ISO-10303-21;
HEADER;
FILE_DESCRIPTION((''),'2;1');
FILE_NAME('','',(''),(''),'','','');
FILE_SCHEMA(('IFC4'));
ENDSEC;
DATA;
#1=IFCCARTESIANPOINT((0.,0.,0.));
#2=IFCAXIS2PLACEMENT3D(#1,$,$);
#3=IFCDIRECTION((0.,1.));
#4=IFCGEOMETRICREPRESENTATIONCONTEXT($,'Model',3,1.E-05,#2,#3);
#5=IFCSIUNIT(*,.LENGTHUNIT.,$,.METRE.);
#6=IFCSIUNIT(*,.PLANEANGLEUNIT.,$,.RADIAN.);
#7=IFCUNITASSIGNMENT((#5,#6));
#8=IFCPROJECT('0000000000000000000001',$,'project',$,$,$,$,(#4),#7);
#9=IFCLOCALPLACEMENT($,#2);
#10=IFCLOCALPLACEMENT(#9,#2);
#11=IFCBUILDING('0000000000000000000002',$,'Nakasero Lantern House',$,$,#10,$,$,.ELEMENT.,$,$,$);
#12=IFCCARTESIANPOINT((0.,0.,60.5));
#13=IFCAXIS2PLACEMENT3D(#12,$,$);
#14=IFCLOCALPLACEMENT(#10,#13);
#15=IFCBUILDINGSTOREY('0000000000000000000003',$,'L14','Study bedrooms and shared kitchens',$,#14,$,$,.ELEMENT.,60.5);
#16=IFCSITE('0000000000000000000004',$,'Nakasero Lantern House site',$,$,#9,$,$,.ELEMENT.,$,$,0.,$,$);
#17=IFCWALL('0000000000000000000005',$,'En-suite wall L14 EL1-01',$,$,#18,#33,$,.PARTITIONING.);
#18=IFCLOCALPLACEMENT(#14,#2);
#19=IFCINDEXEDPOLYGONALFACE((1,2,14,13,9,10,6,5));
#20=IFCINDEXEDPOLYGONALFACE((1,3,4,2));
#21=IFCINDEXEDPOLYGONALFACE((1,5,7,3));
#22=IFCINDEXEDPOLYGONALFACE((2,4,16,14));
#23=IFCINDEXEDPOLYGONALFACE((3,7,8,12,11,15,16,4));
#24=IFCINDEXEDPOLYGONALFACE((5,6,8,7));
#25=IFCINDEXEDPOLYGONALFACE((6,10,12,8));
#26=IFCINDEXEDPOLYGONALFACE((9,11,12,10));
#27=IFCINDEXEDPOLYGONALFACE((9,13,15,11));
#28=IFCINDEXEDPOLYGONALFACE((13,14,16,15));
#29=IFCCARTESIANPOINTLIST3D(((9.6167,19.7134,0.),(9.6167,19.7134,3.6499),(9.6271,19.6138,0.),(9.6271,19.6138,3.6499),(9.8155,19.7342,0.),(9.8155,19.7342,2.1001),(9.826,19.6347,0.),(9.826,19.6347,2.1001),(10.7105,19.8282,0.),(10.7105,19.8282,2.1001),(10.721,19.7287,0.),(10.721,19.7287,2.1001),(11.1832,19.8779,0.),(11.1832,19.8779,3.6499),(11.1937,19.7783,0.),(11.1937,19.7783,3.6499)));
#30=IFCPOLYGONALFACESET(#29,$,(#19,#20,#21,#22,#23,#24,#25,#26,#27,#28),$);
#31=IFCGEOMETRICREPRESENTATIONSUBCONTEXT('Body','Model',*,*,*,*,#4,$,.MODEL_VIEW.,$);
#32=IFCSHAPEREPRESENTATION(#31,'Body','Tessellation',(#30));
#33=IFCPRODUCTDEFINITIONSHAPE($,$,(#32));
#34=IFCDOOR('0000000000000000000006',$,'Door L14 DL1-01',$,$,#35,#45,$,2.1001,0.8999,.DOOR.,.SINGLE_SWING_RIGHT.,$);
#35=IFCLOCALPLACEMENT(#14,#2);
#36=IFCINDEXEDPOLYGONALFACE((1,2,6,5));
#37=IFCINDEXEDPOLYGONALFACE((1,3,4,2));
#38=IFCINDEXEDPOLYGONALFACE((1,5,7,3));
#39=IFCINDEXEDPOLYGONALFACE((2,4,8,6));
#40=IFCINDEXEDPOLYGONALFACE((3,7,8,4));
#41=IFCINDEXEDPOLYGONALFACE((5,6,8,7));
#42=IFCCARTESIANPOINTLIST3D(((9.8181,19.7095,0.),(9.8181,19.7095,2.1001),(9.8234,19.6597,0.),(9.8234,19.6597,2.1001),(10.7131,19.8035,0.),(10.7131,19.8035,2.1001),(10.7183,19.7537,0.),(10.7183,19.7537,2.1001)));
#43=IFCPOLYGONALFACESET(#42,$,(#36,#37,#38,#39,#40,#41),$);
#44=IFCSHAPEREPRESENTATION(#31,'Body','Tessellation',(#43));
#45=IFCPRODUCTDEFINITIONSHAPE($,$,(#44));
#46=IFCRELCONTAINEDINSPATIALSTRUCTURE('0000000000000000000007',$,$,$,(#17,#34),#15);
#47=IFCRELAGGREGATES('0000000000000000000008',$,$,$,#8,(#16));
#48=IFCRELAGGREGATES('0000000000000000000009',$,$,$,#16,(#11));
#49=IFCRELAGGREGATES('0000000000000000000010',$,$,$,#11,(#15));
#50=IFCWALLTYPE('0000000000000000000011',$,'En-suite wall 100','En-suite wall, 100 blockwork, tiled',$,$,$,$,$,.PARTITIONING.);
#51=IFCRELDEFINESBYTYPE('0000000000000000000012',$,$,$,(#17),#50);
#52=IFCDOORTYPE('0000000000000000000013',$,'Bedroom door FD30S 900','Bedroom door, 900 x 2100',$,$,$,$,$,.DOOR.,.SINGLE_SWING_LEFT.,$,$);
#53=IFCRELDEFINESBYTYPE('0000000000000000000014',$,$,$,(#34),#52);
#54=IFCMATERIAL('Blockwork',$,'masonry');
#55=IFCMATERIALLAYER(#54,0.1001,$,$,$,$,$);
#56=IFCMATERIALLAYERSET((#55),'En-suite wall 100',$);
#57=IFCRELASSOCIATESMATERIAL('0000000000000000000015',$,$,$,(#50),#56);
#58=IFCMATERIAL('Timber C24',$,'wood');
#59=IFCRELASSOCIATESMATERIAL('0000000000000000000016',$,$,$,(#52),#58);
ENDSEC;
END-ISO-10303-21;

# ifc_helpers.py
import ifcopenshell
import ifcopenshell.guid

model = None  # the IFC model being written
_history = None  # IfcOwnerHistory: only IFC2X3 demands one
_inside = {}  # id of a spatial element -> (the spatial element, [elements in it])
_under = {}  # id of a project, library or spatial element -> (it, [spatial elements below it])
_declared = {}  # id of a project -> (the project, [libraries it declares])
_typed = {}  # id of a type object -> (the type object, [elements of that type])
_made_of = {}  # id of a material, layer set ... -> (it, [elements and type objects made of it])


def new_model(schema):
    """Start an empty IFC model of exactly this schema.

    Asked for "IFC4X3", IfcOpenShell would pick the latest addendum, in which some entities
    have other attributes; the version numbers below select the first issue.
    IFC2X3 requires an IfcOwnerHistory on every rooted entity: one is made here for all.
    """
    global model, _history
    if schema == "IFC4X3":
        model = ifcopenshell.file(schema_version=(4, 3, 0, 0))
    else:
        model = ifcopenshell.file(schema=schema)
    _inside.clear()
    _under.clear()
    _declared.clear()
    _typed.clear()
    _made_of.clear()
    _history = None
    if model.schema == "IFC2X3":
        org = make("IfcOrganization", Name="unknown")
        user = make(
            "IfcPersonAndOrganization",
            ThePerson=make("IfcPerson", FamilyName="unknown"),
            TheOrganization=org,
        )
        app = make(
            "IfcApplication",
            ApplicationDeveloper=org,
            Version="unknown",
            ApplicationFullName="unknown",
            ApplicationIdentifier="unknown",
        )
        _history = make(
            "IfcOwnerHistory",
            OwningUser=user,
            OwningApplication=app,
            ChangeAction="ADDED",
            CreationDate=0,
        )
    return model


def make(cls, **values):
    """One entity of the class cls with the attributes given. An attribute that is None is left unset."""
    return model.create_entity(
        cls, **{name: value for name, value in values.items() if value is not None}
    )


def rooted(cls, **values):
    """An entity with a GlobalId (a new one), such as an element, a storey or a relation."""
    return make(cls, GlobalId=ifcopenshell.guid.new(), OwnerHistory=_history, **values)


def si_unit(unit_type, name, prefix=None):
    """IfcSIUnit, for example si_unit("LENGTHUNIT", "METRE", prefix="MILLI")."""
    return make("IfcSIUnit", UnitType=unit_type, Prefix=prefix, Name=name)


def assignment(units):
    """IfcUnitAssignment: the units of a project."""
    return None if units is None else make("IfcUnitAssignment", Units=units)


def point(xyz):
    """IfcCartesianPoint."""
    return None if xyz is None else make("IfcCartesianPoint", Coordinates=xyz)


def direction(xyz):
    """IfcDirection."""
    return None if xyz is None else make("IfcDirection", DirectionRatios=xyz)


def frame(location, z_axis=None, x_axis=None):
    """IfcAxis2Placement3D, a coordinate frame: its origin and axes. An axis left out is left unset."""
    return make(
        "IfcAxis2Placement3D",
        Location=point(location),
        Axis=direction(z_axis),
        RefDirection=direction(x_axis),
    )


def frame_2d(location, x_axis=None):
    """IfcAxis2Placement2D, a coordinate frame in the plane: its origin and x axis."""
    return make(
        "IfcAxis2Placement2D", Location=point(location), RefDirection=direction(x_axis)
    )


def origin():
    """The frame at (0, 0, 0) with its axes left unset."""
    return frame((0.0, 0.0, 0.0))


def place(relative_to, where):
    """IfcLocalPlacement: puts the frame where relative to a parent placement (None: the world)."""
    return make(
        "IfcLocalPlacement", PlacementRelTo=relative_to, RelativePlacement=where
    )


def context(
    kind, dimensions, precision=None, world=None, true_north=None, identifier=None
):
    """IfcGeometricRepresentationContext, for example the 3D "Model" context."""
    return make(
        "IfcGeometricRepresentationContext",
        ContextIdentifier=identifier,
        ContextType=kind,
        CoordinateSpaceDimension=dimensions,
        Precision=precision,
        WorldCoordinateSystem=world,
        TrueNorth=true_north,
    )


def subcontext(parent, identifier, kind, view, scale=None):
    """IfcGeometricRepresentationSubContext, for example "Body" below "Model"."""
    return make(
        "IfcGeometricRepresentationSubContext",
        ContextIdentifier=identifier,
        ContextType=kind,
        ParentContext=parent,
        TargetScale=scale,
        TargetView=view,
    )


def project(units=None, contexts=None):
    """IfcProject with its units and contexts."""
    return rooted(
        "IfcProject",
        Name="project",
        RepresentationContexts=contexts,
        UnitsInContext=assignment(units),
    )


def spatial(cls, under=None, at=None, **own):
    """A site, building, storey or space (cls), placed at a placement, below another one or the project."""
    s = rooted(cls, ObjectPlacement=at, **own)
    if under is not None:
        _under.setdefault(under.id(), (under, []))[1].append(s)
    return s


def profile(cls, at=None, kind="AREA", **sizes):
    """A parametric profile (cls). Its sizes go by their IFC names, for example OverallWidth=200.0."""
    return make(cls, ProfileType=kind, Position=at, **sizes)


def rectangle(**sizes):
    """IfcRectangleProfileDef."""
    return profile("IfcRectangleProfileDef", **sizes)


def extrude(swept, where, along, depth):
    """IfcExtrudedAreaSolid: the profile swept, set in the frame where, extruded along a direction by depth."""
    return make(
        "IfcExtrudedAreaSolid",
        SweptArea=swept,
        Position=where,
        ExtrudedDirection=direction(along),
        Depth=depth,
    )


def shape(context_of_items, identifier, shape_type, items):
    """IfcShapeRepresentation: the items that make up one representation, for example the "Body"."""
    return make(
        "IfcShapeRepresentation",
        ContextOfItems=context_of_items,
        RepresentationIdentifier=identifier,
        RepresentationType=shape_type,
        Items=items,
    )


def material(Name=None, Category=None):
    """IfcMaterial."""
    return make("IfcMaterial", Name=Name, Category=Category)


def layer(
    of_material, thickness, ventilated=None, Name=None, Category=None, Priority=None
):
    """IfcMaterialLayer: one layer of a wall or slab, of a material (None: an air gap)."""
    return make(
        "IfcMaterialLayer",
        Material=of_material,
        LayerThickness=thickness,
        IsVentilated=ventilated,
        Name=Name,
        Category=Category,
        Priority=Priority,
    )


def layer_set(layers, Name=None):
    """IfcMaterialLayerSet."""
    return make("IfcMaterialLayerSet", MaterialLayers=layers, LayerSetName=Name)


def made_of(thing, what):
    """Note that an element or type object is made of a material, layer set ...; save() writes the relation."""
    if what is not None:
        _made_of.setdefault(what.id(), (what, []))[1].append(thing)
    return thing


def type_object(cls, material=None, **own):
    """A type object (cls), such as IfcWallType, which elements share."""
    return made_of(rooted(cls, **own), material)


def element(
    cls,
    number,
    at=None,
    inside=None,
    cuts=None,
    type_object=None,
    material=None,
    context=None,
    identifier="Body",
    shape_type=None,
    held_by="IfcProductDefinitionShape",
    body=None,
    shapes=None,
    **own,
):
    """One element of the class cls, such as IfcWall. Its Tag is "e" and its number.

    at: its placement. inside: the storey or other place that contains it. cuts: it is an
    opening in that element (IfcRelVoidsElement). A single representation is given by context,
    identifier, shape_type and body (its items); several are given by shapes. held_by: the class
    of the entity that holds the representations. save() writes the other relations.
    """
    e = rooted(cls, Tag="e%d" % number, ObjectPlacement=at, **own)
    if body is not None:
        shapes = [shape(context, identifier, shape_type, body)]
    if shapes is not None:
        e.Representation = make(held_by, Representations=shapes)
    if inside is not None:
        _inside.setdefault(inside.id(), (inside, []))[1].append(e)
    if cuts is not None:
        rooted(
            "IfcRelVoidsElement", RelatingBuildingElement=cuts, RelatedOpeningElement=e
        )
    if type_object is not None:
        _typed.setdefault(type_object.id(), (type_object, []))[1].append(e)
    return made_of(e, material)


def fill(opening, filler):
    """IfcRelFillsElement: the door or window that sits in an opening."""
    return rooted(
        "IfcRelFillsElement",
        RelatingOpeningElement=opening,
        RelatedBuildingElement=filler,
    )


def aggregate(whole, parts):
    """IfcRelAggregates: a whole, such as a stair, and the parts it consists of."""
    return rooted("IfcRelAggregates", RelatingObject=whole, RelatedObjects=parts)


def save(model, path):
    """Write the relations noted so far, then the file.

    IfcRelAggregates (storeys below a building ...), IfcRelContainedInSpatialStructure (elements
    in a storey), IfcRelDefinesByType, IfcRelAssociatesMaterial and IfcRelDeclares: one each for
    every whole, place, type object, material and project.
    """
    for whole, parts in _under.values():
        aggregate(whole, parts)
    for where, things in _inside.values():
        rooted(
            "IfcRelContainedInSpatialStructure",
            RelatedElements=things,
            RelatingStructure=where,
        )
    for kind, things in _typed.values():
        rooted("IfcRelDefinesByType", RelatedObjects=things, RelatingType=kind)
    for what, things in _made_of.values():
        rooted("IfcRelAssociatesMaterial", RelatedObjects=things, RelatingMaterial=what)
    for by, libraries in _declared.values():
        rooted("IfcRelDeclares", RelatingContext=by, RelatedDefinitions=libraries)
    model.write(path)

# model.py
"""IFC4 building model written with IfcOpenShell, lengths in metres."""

from ifc_helpers import new_model, si_unit, direction, frame, frame_2d, origin, place, context, subcontext, project, spatial, rectangle, extrude, material, layer, layer_set, type_object, element, fill, save


model = new_model("IFC4")

# Units and contexts
model_context = context("Model", 3, precision=1e-05, world=origin(), true_north=direction((0.0, 1.0)))
body_context = subcontext(model_context, "Body", "Model", "MODEL_VIEW")
ifc_project = project(units=[si_unit("LENGTHUNIT", "METRE"), si_unit("PLANEANGLEUNIT", "RADIAN")], contexts=[model_context])

# Site, building, storey
site_placement = place(None, origin())
site = spatial("IfcSite", under=ifc_project, at=site_placement, Name="Nakasero Lantern House site", CompositionType="ELEMENT", RefElevation=0.0)
building_placement = place(site_placement, origin())
building = spatial("IfcBuilding", under=site, at=building_placement, Name="Nakasero Lantern House", CompositionType="ELEMENT")
storey_placement = place(building_placement, frame((0.0, 0.0, 60.5)))
storey = spatial("IfcBuildingStorey", under=building, at=storey_placement, Name="L14", Description="Study bedrooms and shared kitchens", CompositionType="ELEMENT", Elevation=60.5)

# Shared definitions
ifc_material_1 = material(Name="Blockwork", Category="masonry")
ifc_layer_1 = layer(ifc_material_1, 0.1001)
ifc_layer_set_1 = layer_set([ifc_layer_1], Name="En-suite wall 100")
wall_type_1 = type_object("IfcWallType", Name="En-suite wall 100", Description="En-suite wall, 100 blockwork, tiled", PredefinedType="PARTITIONING", material=ifc_layer_set_1)

# Wall, opening, door
wall_1_placement = place(storey_placement, frame((11.1885, 19.8281, 0.0), z_axis=(0.0, 0.0, 1.0), x_axis=(-0.994529, -0.104459, 0.0)))
wall_1 = element("IfcWall", 1, at=wall_1_placement, inside=storey, type_object=wall_type_1, Name="En-suite wall L14 EL1-01", PredefinedType="PARTITIONING", context=body_context, shape_type="SweptSolid", body=[
    extrude(rectangle(XDim=1.5752, YDim=0.1001, at=frame_2d((0.7876, 0.0))), origin(), (0.0, 0.0, 1.0), 3.6499),
])
opening_1_placement = place(wall_1_placement, frame((0.4753, 0.0, 0.0)))
opening_1 = element("IfcOpeningElement", 2, at=opening_1_placement, cuts=wall_1, PredefinedType="OPENING", context=body_context, shape_type="SweptSolid", body=[
    extrude(rectangle(XDim=0.8999, YDim=2.1001, at=frame_2d((0.45, 1.05))), frame((0.0, 0.0701, 0.0), z_axis=(0.0, -1.0, 0.0), x_axis=(1.0, 0.0, 0.0)), (0.0, 0.0, 1.0), 0.1401),
])
ifc_material_2 = material(Name="Timber C24", Category="wood")
door_type = type_object("IfcDoorType", Name="Bedroom door FD30S 900", Description="Bedroom door, 900 x 2100", OperationType="SINGLE_SWING_LEFT", PredefinedType="DOOR", material=ifc_material_2)
door_placement = place(opening_1_placement, origin())
door = element("IfcDoor", 3, at=door_placement, inside=storey, type_object=door_type, Name="Door L14 DL1-01", OperationType="SINGLE_SWING_RIGHT", OverallHeight=2.1001, OverallWidth=0.8999, PredefinedType="DOOR", context=body_context, shape_type="SweptSolid", body=[
    extrude(rectangle(XDim=0.8999, YDim=2.1001, at=frame_2d((0.45, 1.05))), frame((0.0, 0.0249, 0.0), z_axis=(0.0, -1.0, 0.0), x_axis=(1.0, 0.0, 0.0)), (0.0, 0.0, 1.0), 0.05),
])
fill(opening_1, door)

save(model, "model.ifc")
